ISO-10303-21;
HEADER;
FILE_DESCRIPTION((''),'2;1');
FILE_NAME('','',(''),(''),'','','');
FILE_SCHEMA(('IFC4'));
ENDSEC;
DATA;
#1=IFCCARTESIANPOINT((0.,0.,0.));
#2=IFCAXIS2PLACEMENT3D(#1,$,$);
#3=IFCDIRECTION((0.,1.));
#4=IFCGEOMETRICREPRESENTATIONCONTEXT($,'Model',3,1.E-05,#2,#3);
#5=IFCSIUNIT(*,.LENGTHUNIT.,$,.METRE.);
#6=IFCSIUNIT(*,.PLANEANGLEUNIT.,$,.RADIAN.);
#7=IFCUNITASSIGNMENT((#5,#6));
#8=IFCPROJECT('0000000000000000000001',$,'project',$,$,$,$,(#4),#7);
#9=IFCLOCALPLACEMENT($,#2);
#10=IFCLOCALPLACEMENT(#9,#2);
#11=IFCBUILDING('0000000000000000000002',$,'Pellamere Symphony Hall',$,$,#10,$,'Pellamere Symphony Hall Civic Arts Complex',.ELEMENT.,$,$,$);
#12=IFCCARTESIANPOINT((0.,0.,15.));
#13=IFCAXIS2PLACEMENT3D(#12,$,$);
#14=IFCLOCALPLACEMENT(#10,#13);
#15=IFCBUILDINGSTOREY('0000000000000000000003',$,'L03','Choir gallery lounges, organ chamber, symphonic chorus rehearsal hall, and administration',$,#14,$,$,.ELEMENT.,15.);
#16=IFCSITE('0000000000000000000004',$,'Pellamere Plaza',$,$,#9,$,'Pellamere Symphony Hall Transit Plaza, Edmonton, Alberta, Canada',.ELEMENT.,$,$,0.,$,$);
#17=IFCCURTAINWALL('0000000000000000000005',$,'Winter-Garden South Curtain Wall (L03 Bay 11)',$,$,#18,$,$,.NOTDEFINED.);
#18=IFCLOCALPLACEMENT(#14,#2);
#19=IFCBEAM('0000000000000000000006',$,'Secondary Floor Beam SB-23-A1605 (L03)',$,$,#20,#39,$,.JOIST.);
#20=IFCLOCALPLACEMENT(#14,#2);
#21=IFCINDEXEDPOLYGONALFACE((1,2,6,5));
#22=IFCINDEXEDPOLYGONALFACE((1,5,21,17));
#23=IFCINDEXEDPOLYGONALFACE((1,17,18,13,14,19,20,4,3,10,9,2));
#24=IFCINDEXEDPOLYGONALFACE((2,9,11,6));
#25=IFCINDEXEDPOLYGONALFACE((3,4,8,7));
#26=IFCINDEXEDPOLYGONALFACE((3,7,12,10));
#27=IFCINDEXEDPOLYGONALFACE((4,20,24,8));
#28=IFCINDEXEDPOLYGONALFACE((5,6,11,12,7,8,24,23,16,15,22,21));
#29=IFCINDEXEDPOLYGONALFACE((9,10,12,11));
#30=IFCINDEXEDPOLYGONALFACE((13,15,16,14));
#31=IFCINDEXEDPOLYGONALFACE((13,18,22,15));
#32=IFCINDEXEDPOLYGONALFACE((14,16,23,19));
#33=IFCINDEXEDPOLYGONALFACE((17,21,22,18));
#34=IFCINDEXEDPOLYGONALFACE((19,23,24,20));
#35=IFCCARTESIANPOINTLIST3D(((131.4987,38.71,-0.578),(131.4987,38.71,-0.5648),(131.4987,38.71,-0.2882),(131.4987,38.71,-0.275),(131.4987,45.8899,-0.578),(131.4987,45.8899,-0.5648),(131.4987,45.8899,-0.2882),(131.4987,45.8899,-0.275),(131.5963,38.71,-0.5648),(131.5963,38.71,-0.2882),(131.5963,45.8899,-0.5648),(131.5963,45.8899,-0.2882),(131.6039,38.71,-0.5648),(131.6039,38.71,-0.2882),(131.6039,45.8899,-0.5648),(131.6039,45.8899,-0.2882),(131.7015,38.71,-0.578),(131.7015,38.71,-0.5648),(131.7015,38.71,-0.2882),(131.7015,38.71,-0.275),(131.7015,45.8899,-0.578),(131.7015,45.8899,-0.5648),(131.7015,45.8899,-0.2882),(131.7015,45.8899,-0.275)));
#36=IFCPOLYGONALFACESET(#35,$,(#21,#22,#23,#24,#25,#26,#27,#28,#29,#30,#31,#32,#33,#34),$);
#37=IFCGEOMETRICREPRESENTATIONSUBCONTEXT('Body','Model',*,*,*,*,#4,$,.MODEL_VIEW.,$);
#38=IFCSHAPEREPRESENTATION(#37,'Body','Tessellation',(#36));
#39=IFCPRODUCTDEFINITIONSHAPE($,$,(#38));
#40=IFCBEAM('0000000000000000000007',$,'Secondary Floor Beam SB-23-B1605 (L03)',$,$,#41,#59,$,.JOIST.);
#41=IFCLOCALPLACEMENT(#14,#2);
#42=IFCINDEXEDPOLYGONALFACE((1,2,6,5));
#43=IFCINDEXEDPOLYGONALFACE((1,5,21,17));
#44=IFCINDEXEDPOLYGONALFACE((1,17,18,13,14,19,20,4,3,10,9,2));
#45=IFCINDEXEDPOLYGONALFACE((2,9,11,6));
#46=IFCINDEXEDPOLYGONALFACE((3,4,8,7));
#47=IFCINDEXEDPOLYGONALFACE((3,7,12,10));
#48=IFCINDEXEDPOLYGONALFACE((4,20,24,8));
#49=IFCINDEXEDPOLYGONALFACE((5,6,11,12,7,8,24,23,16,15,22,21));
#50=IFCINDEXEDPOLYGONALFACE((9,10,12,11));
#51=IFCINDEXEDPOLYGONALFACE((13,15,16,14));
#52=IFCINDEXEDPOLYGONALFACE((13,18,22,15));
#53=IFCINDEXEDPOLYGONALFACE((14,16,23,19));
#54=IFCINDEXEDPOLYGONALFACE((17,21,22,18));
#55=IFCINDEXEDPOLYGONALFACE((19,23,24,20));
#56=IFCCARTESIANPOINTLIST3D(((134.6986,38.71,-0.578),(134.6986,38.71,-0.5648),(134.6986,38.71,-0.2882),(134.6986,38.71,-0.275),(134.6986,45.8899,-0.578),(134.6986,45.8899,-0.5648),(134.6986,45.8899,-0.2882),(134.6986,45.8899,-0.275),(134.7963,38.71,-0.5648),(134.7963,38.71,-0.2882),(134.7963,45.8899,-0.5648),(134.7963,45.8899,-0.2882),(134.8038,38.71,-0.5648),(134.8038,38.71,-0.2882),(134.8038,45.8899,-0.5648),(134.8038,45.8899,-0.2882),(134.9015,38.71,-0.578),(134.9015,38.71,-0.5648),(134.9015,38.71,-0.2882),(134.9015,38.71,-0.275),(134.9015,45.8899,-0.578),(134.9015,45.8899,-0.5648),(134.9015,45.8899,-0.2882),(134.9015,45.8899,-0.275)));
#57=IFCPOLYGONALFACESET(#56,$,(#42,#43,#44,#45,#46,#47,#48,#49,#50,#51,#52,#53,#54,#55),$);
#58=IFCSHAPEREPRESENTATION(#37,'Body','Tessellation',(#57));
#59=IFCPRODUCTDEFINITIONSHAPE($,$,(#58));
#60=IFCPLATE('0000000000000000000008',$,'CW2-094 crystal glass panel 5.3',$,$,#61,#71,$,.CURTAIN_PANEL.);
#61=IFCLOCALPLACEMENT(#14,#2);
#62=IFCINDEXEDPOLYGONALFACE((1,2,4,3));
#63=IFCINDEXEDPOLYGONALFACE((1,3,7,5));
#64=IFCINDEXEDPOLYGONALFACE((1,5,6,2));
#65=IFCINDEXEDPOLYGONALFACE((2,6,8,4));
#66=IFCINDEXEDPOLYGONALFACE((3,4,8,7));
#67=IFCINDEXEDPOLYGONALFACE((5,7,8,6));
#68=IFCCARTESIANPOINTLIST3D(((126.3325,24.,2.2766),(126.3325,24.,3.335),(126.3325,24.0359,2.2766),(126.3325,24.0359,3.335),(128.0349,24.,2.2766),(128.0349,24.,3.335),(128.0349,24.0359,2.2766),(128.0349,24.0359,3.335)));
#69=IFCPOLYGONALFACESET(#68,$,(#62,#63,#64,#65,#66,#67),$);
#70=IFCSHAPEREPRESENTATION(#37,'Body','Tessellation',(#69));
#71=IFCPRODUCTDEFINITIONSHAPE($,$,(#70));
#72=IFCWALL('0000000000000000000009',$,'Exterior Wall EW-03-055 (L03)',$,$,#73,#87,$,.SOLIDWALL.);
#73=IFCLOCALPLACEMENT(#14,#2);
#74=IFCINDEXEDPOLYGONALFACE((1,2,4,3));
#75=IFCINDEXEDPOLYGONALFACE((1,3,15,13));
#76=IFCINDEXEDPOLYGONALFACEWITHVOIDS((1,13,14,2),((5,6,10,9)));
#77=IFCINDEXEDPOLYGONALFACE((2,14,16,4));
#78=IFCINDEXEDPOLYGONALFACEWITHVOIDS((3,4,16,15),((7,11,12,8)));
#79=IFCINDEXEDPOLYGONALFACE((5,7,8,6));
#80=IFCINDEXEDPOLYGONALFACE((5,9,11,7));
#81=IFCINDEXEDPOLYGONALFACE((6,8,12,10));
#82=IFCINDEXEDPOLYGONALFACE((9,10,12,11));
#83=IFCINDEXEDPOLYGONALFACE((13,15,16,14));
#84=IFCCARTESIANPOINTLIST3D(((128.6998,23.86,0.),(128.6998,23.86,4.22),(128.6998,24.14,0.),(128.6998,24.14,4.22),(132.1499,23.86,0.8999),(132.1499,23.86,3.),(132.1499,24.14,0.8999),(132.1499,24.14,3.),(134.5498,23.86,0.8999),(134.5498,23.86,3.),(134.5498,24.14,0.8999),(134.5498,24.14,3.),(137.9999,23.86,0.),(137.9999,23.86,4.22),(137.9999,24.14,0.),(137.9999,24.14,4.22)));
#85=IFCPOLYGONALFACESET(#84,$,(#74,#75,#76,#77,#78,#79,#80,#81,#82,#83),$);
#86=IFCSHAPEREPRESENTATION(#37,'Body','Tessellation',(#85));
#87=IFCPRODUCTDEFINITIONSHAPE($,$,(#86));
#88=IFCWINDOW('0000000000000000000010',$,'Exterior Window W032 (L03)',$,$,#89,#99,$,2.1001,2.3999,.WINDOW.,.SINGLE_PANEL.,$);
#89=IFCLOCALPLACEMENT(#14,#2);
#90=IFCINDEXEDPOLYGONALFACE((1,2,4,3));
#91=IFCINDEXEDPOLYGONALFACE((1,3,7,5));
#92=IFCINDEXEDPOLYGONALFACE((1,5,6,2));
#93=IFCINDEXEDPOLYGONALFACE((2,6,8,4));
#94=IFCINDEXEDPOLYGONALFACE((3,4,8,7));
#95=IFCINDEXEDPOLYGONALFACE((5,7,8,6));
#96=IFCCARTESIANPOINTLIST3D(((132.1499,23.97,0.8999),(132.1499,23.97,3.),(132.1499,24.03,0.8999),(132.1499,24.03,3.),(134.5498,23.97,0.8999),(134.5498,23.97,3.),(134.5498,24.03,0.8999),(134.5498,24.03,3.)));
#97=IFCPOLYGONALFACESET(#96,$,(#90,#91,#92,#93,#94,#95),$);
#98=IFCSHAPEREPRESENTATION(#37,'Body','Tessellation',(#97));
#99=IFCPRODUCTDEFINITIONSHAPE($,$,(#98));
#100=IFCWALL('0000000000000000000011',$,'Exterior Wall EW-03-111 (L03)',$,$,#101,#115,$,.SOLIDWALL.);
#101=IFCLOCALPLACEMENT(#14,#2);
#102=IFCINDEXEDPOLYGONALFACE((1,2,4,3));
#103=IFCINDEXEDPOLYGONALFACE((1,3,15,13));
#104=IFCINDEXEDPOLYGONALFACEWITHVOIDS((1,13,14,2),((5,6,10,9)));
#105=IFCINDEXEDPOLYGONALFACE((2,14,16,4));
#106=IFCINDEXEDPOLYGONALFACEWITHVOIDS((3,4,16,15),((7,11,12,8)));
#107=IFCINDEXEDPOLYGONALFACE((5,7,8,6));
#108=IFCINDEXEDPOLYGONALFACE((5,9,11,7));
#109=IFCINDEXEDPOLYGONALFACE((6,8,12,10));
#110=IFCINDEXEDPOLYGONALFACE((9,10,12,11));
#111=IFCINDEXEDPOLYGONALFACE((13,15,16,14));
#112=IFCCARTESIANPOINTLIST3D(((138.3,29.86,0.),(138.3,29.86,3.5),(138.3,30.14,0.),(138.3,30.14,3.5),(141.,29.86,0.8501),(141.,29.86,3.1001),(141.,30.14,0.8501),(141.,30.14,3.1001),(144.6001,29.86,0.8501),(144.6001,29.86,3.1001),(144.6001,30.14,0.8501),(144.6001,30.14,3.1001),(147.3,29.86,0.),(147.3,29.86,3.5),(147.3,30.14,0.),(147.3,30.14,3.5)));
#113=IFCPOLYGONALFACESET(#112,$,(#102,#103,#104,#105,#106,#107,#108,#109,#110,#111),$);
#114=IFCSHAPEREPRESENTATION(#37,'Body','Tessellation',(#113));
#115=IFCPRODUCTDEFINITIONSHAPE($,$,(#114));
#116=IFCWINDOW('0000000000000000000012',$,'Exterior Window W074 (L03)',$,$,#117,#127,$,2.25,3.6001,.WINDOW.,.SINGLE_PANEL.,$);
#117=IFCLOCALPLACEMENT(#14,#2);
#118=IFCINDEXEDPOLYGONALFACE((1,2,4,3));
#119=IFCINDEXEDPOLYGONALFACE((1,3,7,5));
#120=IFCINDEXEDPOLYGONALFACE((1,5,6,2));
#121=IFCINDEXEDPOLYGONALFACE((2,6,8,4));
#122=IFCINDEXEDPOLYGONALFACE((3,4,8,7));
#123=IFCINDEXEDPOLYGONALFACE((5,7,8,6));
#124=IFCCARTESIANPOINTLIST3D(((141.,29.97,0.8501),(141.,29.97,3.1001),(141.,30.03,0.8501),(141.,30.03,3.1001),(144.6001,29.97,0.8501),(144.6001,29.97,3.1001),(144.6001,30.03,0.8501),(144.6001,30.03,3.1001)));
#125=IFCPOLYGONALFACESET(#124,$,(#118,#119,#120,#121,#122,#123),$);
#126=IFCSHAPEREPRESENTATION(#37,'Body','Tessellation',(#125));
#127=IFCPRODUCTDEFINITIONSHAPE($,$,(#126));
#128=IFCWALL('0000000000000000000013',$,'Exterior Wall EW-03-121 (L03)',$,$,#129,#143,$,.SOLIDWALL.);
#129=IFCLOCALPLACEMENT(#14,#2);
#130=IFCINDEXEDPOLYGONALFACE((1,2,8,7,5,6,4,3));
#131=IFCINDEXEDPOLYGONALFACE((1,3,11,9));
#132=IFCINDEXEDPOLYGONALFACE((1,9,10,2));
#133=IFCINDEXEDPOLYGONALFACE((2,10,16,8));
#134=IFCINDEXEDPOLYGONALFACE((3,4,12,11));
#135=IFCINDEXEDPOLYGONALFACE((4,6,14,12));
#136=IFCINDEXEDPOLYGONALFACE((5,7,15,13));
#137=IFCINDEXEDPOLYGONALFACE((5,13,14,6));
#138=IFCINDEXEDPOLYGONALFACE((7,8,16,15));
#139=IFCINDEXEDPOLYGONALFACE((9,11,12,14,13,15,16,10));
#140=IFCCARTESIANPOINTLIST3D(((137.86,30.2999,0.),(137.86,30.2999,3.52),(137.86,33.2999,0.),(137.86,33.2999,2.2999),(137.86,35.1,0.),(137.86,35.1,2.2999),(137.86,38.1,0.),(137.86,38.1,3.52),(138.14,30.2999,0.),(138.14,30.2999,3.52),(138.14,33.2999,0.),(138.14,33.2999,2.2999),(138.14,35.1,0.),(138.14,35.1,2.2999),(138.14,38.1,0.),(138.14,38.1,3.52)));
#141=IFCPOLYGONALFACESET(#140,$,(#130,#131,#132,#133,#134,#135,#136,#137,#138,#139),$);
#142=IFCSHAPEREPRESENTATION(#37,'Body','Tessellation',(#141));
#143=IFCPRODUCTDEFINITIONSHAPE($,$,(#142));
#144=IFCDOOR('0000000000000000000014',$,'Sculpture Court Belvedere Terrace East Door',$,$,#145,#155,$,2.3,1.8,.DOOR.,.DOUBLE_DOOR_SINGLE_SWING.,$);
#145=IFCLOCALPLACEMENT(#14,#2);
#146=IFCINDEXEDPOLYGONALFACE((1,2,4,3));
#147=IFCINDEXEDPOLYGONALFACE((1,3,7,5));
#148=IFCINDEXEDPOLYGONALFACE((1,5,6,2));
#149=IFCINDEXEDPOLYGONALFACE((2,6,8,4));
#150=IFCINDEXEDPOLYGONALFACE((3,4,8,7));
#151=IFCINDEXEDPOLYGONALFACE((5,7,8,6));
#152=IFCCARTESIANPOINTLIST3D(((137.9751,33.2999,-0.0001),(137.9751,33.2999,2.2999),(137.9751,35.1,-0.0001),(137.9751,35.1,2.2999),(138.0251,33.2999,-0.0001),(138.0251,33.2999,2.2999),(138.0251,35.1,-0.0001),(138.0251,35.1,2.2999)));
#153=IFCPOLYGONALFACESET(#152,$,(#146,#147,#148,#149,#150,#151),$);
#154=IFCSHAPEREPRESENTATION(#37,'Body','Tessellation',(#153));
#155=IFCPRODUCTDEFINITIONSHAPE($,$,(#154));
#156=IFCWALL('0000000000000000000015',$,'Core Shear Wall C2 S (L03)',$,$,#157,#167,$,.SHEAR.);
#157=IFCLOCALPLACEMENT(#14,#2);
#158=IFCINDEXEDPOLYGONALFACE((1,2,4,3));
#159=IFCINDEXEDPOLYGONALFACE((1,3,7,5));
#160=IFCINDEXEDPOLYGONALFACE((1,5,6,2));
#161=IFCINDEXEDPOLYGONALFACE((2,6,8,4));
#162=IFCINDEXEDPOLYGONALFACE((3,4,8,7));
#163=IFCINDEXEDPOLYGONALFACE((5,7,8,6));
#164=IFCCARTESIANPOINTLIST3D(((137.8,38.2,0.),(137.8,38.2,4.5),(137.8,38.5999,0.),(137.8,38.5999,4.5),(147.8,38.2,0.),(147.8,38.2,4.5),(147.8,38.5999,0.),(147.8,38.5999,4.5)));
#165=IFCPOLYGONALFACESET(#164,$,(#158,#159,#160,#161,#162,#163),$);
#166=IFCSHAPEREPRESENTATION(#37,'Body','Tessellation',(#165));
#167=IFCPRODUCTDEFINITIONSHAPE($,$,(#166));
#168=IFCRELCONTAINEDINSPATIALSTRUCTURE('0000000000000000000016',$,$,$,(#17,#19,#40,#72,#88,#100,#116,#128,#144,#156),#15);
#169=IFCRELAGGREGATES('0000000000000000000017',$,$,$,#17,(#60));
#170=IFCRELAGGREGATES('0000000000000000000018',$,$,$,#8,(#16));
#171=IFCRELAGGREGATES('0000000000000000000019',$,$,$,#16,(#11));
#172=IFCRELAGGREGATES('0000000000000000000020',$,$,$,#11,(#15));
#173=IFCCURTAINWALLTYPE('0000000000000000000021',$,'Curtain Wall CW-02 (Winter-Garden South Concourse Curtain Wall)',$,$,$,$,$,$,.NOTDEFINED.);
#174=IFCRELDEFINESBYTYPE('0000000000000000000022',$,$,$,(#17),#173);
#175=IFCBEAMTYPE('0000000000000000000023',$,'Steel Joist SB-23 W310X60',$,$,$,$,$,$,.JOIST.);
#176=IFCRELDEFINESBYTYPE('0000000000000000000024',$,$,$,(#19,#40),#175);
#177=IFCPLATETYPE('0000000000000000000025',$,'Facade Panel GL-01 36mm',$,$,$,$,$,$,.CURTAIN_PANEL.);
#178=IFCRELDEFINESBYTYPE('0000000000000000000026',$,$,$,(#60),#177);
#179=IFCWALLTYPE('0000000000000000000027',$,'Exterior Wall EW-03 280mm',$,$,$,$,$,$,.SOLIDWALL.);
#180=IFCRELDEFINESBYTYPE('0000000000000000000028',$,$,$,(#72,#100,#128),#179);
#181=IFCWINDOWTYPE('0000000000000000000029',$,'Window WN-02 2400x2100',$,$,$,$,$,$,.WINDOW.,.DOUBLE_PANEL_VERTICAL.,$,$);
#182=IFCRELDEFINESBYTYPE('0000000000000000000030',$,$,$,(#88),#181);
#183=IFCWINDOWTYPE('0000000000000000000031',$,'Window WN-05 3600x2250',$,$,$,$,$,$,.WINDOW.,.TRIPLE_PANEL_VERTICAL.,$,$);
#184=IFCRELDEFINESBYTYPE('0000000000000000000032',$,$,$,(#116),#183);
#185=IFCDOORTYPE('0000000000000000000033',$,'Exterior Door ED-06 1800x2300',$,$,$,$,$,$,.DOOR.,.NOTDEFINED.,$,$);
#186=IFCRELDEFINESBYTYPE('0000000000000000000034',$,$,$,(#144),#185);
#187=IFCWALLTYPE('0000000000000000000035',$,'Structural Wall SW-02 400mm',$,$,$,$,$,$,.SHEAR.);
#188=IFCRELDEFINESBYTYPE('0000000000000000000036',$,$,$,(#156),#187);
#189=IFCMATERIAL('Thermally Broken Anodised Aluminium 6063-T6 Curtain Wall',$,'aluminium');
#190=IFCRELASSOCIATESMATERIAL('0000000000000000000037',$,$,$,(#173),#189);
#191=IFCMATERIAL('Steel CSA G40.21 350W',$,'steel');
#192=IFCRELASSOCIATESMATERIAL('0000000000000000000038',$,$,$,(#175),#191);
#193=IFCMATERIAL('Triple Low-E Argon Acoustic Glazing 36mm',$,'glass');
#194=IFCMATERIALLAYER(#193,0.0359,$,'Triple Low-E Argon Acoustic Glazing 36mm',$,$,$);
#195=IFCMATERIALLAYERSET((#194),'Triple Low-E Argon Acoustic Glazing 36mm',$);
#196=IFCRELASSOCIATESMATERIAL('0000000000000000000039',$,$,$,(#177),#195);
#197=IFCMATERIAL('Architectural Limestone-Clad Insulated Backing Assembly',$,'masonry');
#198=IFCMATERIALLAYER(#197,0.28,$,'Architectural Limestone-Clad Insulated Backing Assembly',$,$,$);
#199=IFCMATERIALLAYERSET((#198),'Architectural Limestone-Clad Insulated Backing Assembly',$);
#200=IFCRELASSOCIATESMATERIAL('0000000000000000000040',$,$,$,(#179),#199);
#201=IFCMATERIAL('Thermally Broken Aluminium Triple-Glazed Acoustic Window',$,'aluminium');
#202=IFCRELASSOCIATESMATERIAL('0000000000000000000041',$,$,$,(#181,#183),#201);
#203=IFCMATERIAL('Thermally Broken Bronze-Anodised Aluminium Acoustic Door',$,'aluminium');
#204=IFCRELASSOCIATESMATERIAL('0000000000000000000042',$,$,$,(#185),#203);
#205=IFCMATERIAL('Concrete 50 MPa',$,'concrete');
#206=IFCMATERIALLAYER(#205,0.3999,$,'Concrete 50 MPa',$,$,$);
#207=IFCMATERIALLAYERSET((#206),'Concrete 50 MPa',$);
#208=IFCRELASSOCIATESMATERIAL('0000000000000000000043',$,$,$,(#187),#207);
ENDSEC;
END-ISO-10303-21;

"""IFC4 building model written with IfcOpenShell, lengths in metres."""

from ifc_helpers import new_model, si_unit, direction, frame, frame_2d, origin, origin_2d, place, context, subcontext, project, spatial, polyline, rectangle, i_section, outline, extrude, material, layer, layer_set, material_profile, profile_set, type_object, element, fill, aggregate, save


model = new_model("IFC4")

# Units and contexts
model_context = context("Model", 3, precision=1e-05, world=origin(), true_north=direction((0.0, 1.0)))
body_context = subcontext(model_context, "Body", "Model", "MODEL_VIEW")
ifc_project = project(units=[si_unit("LENGTHUNIT", "METRE"), si_unit("PLANEANGLEUNIT", "RADIAN")], contexts=[model_context])

# Site, building, storey
site_placement = place(None, origin())
site = spatial("IfcSite", under=ifc_project, at=site_placement, Name="Pellamere Plaza", LongName="Pellamere Symphony Hall Transit Plaza, Edmonton, Alberta, Canada", CompositionType="ELEMENT", RefElevation=0.0)
building_placement = place(site_placement, origin())
building = spatial("IfcBuilding", under=site, at=building_placement, Name="Pellamere Symphony Hall", LongName="Pellamere Symphony Hall Civic Arts Complex", CompositionType="ELEMENT")
storey_placement = place(building_placement, frame((0.0, 0.0, 15.0)))
storey = spatial("IfcBuildingStorey", under=building, at=storey_placement, Name="L03", Description="Choir gallery lounges, organ chamber, symphonic chorus rehearsal hall, and administration", CompositionType="ELEMENT", Elevation=15.0)

# Curtain wall
ifc_material_1 = material(Name="Thermally Broken Anodised Aluminium 6063-T6 Curtain Wall", Category="aluminium")
curtain_wall_type = type_object("IfcCurtainWallType", Name="Curtain Wall CW-02 (Winter-Garden South Concourse Curtain Wall)", PredefinedType="NOTDEFINED", material=ifc_material_1)
curtain_wall_placement = place(storey_placement, origin())
curtain_wall = element("IfcCurtainWall", 1, at=curtain_wall_placement, inside=storey, type_object=curtain_wall_type, Name="Winter-Garden South Curtain Wall (L03 Bay 11)", PredefinedType="NOTDEFINED")

# Beams
ifc_material_2 = material(Name="Steel CSA G40.21 350W", Category="steel")
ifc_material_profile_1 = material_profile(ifc_material_2, i_section(OverallWidth=0.2029, OverallDepth=0.303, WebThickness=0.0076, FlangeThickness=0.0132, at=origin_2d()), Name="W310X60")
ifc_profile_set_1 = profile_set([ifc_material_profile_1], Name="Steel CSA G40.21 350W")
beam_type_1 = type_object("IfcBeamType", Name="Steel Joist SB-23 W310X60", PredefinedType="JOIST", material=ifc_profile_set_1)
for number, where, z_axis, x_axis, name in (
    (2, (131.6001, 38.71, -0.4265), (0.0, 1.0, 0.0), (-1.0, 0.0, 0.0), "Secondary Floor Beam SB-23-A1605 (L03)"),
    (3, (134.8, 38.71, -0.4265), (0.0, 1.0, 0.0), (-1.0, 0.0, 0.0), "Secondary Floor Beam SB-23-B1605 (L03)"),
):
    element("IfcBeam", number, at=place(storey_placement, frame(where, z_axis=z_axis, x_axis=x_axis)), inside=storey, type_object=beam_type_1, Name=name, PredefinedType="JOIST", context=body_context, shape_type="SweptSolid", body=[
        extrude(i_section(OverallWidth=0.2029, OverallDepth=0.303, WebThickness=0.0076, FlangeThickness=0.0132, at=origin_2d()), origin(), (0.0, 0.0, 1.0), 7.1799),
    ])

# Plate
ifc_material_3 = material(Name="Triple Low-E Argon Acoustic Glazing 36mm", Category="glass")
ifc_layer_1 = layer(ifc_material_3, 0.0359, Name="Triple Low-E Argon Acoustic Glazing 36mm")
ifc_layer_set_1 = layer_set([ifc_layer_1], Name="Triple Low-E Argon Acoustic Glazing 36mm")
plate_type = type_object("IfcPlateType", Name="Facade Panel GL-01 36mm", PredefinedType="CURTAIN_PANEL", material=ifc_layer_set_1)
plate_placement = place(storey_placement, frame((126.3325, 24.0, 2.2766), z_axis=(0.0, -1.0, 0.0), x_axis=(1.0, 0.0, 0.0)))
plate = element("IfcPlate", 4, at=plate_placement, type_object=plate_type, Name="CW2-094 crystal glass panel 5.3", PredefinedType="CURTAIN_PANEL", context=body_context, shape_type="SweptSolid", body=[
    extrude(outline(polyline([(0.0, 0.0), (1.7024, 0.0), (1.7024, 1.0583), (0.0, 1.0583), (0.0, 0.0)])), origin(), (0.0, 0.0, -1.0), 0.0359),
])
aggregate(curtain_wall, [plate])

# Walls, openings, windows
ifc_material_4 = material(Name="Architectural Limestone-Clad Insulated Backing Assembly", Category="masonry")
ifc_layer_2 = layer(ifc_material_4, 0.28, Name="Architectural Limestone-Clad Insulated Backing Assembly")
ifc_layer_set_2 = layer_set([ifc_layer_2], Name="Architectural Limestone-Clad Insulated Backing Assembly")
wall_type_1 = type_object("IfcWallType", Name="Exterior Wall EW-03 280mm", PredefinedType="SOLIDWALL", material=ifc_layer_set_2)
wall_1_placement = place(storey_placement, frame((128.7, 24.0, 0.0), z_axis=(0.0, 0.0, 1.0), x_axis=(1.0, 0.0, 0.0)))
wall_1 = element("IfcWall", 5, at=wall_1_placement, inside=storey, type_object=wall_type_1, Name="Exterior Wall EW-03-055 (L03)", PredefinedType="SOLIDWALL", context=body_context, shape_type="SweptSolid", body=[
    extrude(rectangle(XDim=9.3, YDim=0.28, at=frame_2d((4.6499, 0.0))), origin(), (0.0, 0.0, 1.0), 4.22),
])
opening_1_placement = place(wall_1_placement, frame((3.45, 0.0, 0.8999)))
opening_1 = element("IfcOpeningElement", 6, at=opening_1_placement, cuts=wall_1, PredefinedType="OPENING", context=body_context, shape_type="SweptSolid", body=[
    extrude(rectangle(XDim=2.3999, YDim=2.1001, at=frame_2d((1.2, 1.05))), frame((0.0, 0.1499, 0.0), z_axis=(0.0, -1.0, 0.0), x_axis=(1.0, 0.0, 0.0)), (0.0, 0.0, 1.0), 0.3),
])
ifc_material_5 = material(Name="Thermally Broken Aluminium Triple-Glazed Acoustic Window", Category="aluminium")
window_type_1 = type_object("IfcWindowType", Name="Window WN-02 2400x2100", PartitioningType="DOUBLE_PANEL_VERTICAL", PredefinedType="WINDOW", material=ifc_material_5)
window_1_placement = place(opening_1_placement, origin())
window_1 = element("IfcWindow", 7, at=window_1_placement, inside=storey, type_object=window_type_1, Name="Exterior Window W032 (L03)", OverallHeight=2.1001, OverallWidth=2.3999, PartitioningType="SINGLE_PANEL", PredefinedType="WINDOW", context=body_context, shape_type="SweptSolid", body=[
    extrude(rectangle(XDim=2.3999, YDim=2.1001, at=frame_2d((1.2, 1.05))), frame((0.0, 0.03, 0.0), z_axis=(0.0, -1.0, 0.0), x_axis=(1.0, 0.0, 0.0)), (0.0, 0.0, 1.0), 0.0601),
])
fill(opening_1, window_1)
wall_2_placement = place(storey_placement, frame((138.3, 30.0, 0.0), z_axis=(0.0, 0.0, 1.0), x_axis=(1.0, 0.0, 0.0)))
wall_2 = element("IfcWall", 8, at=wall_2_placement, inside=storey, type_object=wall_type_1, Name="Exterior Wall EW-03-111 (L03)", PredefinedType="SOLIDWALL", context=body_context, shape_type="SweptSolid", body=[
    extrude(rectangle(XDim=9.0, YDim=0.28, at=frame_2d((4.5, 0.0))), origin(), (0.0, 0.0, 1.0), 3.5),
])
opening_2_placement = place(wall_2_placement, frame((2.7, 0.0, 0.8501)))
opening_2 = element("IfcOpeningElement", 9, at=opening_2_placement, cuts=wall_2, PredefinedType="OPENING", context=body_context, shape_type="SweptSolid", body=[
    extrude(rectangle(XDim=3.6001, YDim=2.25, at=frame_2d((1.8, 1.125))), frame((0.0, 0.1499, 0.0), z_axis=(0.0, -1.0, 0.0), x_axis=(1.0, 0.0, 0.0)), (0.0, 0.0, 1.0), 0.3),
])
window_type_2 = type_object("IfcWindowType", Name="Window WN-05 3600x2250", PartitioningType="TRIPLE_PANEL_VERTICAL", PredefinedType="WINDOW", material=ifc_material_5)
window_2_placement = place(opening_2_placement, origin())
window_2 = element("IfcWindow", 10, at=window_2_placement, inside=storey, type_object=window_type_2, Name="Exterior Window W074 (L03)", OverallHeight=2.25, OverallWidth=3.6001, PartitioningType="SINGLE_PANEL", PredefinedType="WINDOW", context=body_context, shape_type="SweptSolid", body=[
    extrude(rectangle(XDim=3.6001, YDim=2.25, at=frame_2d((1.8, 1.125))), frame((0.0, 0.03, 0.0), z_axis=(0.0, -1.0, 0.0), x_axis=(1.0, 0.0, 0.0)), (0.0, 0.0, 1.0), 0.0601),
])
fill(opening_2, window_2)

# Wall, opening, door
wall_3_placement = place(storey_placement, frame((138.0, 30.3, 0.0), z_axis=(0.0, 0.0, 1.0), x_axis=(0.0, 1.0, 0.0)))
wall_3 = element("IfcWall", 11, at=wall_3_placement, inside=storey, type_object=wall_type_1, Name="Exterior Wall EW-03-121 (L03)", PredefinedType="SOLIDWALL", context=body_context, shape_type="SweptSolid", body=[
    extrude(rectangle(XDim=7.8, YDim=0.28, at=frame_2d((3.8999, 0.0))), origin(), (0.0, 0.0, 1.0), 3.52),
])
opening_3_placement = place(wall_3_placement, frame((3.0, 0.0, 0.0)))
opening_3 = element("IfcOpeningElement", 12, at=opening_3_placement, cuts=wall_3, PredefinedType="OPENING", context=body_context, shape_type="SweptSolid", body=[
    extrude(rectangle(XDim=1.8, YDim=2.3, at=frame_2d((0.8999, 1.1499))), frame((0.0, 0.1499, 0.0), z_axis=(0.0, -1.0, 0.0), x_axis=(1.0, 0.0, 0.0)), (0.0, 0.0, 1.0), 0.3),
])
ifc_material_6 = material(Name="Thermally Broken Bronze-Anodised Aluminium Acoustic Door", Category="aluminium")
door_type = type_object("IfcDoorType", Name="Exterior Door ED-06 1800x2300", OperationType="NOTDEFINED", PredefinedType="DOOR", material=ifc_material_6)
door_placement = place(opening_3_placement, origin())
door = element("IfcDoor", 13, at=door_placement, inside=storey, type_object=door_type, Name="Sculpture Court Belvedere Terrace East Door", OperationType="DOUBLE_DOOR_SINGLE_SWING", OverallHeight=2.3, OverallWidth=1.8, PredefinedType="DOOR", context=body_context, shape_type="SweptSolid", body=[
    extrude(rectangle(XDim=1.8, YDim=2.3, at=frame_2d((0.8999, 1.1499))), frame((0.0, 0.0249, 0.0), z_axis=(0.0, -1.0, 0.0), x_axis=(1.0, 0.0, 0.0)), (0.0, 0.0, 1.0), 0.05),
])
fill(opening_3, door)

# Wall
ifc_material_7 = material(Name="Concrete 50 MPa", Category="concrete")
ifc_layer_3 = layer(ifc_material_7, 0.3999, Name="Concrete 50 MPa")
ifc_layer_set_3 = layer_set([ifc_layer_3], Name="Concrete 50 MPa")
wall_type_2 = type_object("IfcWallType", Name="Structural Wall SW-02 400mm", PredefinedType="SHEAR", material=ifc_layer_set_3)
wall_4_placement = place(storey_placement, frame((137.8, 38.3999, 0.0), z_axis=(0.0, 0.0, 1.0), x_axis=(1.0, 0.0, 0.0)))
element("IfcWall", 14, at=wall_4_placement, inside=storey, type_object=wall_type_2, Name="Core Shear Wall C2 S (L03)", PredefinedType="SHEAR", context=body_context, shape_type="SweptSolid", body=[
    extrude(rectangle(XDim=10.0, YDim=0.3999, at=frame_2d((5.0, 0.0))), origin(), (0.0, 0.0, 1.0), 4.5),
])

save(model, "model.ifc")
